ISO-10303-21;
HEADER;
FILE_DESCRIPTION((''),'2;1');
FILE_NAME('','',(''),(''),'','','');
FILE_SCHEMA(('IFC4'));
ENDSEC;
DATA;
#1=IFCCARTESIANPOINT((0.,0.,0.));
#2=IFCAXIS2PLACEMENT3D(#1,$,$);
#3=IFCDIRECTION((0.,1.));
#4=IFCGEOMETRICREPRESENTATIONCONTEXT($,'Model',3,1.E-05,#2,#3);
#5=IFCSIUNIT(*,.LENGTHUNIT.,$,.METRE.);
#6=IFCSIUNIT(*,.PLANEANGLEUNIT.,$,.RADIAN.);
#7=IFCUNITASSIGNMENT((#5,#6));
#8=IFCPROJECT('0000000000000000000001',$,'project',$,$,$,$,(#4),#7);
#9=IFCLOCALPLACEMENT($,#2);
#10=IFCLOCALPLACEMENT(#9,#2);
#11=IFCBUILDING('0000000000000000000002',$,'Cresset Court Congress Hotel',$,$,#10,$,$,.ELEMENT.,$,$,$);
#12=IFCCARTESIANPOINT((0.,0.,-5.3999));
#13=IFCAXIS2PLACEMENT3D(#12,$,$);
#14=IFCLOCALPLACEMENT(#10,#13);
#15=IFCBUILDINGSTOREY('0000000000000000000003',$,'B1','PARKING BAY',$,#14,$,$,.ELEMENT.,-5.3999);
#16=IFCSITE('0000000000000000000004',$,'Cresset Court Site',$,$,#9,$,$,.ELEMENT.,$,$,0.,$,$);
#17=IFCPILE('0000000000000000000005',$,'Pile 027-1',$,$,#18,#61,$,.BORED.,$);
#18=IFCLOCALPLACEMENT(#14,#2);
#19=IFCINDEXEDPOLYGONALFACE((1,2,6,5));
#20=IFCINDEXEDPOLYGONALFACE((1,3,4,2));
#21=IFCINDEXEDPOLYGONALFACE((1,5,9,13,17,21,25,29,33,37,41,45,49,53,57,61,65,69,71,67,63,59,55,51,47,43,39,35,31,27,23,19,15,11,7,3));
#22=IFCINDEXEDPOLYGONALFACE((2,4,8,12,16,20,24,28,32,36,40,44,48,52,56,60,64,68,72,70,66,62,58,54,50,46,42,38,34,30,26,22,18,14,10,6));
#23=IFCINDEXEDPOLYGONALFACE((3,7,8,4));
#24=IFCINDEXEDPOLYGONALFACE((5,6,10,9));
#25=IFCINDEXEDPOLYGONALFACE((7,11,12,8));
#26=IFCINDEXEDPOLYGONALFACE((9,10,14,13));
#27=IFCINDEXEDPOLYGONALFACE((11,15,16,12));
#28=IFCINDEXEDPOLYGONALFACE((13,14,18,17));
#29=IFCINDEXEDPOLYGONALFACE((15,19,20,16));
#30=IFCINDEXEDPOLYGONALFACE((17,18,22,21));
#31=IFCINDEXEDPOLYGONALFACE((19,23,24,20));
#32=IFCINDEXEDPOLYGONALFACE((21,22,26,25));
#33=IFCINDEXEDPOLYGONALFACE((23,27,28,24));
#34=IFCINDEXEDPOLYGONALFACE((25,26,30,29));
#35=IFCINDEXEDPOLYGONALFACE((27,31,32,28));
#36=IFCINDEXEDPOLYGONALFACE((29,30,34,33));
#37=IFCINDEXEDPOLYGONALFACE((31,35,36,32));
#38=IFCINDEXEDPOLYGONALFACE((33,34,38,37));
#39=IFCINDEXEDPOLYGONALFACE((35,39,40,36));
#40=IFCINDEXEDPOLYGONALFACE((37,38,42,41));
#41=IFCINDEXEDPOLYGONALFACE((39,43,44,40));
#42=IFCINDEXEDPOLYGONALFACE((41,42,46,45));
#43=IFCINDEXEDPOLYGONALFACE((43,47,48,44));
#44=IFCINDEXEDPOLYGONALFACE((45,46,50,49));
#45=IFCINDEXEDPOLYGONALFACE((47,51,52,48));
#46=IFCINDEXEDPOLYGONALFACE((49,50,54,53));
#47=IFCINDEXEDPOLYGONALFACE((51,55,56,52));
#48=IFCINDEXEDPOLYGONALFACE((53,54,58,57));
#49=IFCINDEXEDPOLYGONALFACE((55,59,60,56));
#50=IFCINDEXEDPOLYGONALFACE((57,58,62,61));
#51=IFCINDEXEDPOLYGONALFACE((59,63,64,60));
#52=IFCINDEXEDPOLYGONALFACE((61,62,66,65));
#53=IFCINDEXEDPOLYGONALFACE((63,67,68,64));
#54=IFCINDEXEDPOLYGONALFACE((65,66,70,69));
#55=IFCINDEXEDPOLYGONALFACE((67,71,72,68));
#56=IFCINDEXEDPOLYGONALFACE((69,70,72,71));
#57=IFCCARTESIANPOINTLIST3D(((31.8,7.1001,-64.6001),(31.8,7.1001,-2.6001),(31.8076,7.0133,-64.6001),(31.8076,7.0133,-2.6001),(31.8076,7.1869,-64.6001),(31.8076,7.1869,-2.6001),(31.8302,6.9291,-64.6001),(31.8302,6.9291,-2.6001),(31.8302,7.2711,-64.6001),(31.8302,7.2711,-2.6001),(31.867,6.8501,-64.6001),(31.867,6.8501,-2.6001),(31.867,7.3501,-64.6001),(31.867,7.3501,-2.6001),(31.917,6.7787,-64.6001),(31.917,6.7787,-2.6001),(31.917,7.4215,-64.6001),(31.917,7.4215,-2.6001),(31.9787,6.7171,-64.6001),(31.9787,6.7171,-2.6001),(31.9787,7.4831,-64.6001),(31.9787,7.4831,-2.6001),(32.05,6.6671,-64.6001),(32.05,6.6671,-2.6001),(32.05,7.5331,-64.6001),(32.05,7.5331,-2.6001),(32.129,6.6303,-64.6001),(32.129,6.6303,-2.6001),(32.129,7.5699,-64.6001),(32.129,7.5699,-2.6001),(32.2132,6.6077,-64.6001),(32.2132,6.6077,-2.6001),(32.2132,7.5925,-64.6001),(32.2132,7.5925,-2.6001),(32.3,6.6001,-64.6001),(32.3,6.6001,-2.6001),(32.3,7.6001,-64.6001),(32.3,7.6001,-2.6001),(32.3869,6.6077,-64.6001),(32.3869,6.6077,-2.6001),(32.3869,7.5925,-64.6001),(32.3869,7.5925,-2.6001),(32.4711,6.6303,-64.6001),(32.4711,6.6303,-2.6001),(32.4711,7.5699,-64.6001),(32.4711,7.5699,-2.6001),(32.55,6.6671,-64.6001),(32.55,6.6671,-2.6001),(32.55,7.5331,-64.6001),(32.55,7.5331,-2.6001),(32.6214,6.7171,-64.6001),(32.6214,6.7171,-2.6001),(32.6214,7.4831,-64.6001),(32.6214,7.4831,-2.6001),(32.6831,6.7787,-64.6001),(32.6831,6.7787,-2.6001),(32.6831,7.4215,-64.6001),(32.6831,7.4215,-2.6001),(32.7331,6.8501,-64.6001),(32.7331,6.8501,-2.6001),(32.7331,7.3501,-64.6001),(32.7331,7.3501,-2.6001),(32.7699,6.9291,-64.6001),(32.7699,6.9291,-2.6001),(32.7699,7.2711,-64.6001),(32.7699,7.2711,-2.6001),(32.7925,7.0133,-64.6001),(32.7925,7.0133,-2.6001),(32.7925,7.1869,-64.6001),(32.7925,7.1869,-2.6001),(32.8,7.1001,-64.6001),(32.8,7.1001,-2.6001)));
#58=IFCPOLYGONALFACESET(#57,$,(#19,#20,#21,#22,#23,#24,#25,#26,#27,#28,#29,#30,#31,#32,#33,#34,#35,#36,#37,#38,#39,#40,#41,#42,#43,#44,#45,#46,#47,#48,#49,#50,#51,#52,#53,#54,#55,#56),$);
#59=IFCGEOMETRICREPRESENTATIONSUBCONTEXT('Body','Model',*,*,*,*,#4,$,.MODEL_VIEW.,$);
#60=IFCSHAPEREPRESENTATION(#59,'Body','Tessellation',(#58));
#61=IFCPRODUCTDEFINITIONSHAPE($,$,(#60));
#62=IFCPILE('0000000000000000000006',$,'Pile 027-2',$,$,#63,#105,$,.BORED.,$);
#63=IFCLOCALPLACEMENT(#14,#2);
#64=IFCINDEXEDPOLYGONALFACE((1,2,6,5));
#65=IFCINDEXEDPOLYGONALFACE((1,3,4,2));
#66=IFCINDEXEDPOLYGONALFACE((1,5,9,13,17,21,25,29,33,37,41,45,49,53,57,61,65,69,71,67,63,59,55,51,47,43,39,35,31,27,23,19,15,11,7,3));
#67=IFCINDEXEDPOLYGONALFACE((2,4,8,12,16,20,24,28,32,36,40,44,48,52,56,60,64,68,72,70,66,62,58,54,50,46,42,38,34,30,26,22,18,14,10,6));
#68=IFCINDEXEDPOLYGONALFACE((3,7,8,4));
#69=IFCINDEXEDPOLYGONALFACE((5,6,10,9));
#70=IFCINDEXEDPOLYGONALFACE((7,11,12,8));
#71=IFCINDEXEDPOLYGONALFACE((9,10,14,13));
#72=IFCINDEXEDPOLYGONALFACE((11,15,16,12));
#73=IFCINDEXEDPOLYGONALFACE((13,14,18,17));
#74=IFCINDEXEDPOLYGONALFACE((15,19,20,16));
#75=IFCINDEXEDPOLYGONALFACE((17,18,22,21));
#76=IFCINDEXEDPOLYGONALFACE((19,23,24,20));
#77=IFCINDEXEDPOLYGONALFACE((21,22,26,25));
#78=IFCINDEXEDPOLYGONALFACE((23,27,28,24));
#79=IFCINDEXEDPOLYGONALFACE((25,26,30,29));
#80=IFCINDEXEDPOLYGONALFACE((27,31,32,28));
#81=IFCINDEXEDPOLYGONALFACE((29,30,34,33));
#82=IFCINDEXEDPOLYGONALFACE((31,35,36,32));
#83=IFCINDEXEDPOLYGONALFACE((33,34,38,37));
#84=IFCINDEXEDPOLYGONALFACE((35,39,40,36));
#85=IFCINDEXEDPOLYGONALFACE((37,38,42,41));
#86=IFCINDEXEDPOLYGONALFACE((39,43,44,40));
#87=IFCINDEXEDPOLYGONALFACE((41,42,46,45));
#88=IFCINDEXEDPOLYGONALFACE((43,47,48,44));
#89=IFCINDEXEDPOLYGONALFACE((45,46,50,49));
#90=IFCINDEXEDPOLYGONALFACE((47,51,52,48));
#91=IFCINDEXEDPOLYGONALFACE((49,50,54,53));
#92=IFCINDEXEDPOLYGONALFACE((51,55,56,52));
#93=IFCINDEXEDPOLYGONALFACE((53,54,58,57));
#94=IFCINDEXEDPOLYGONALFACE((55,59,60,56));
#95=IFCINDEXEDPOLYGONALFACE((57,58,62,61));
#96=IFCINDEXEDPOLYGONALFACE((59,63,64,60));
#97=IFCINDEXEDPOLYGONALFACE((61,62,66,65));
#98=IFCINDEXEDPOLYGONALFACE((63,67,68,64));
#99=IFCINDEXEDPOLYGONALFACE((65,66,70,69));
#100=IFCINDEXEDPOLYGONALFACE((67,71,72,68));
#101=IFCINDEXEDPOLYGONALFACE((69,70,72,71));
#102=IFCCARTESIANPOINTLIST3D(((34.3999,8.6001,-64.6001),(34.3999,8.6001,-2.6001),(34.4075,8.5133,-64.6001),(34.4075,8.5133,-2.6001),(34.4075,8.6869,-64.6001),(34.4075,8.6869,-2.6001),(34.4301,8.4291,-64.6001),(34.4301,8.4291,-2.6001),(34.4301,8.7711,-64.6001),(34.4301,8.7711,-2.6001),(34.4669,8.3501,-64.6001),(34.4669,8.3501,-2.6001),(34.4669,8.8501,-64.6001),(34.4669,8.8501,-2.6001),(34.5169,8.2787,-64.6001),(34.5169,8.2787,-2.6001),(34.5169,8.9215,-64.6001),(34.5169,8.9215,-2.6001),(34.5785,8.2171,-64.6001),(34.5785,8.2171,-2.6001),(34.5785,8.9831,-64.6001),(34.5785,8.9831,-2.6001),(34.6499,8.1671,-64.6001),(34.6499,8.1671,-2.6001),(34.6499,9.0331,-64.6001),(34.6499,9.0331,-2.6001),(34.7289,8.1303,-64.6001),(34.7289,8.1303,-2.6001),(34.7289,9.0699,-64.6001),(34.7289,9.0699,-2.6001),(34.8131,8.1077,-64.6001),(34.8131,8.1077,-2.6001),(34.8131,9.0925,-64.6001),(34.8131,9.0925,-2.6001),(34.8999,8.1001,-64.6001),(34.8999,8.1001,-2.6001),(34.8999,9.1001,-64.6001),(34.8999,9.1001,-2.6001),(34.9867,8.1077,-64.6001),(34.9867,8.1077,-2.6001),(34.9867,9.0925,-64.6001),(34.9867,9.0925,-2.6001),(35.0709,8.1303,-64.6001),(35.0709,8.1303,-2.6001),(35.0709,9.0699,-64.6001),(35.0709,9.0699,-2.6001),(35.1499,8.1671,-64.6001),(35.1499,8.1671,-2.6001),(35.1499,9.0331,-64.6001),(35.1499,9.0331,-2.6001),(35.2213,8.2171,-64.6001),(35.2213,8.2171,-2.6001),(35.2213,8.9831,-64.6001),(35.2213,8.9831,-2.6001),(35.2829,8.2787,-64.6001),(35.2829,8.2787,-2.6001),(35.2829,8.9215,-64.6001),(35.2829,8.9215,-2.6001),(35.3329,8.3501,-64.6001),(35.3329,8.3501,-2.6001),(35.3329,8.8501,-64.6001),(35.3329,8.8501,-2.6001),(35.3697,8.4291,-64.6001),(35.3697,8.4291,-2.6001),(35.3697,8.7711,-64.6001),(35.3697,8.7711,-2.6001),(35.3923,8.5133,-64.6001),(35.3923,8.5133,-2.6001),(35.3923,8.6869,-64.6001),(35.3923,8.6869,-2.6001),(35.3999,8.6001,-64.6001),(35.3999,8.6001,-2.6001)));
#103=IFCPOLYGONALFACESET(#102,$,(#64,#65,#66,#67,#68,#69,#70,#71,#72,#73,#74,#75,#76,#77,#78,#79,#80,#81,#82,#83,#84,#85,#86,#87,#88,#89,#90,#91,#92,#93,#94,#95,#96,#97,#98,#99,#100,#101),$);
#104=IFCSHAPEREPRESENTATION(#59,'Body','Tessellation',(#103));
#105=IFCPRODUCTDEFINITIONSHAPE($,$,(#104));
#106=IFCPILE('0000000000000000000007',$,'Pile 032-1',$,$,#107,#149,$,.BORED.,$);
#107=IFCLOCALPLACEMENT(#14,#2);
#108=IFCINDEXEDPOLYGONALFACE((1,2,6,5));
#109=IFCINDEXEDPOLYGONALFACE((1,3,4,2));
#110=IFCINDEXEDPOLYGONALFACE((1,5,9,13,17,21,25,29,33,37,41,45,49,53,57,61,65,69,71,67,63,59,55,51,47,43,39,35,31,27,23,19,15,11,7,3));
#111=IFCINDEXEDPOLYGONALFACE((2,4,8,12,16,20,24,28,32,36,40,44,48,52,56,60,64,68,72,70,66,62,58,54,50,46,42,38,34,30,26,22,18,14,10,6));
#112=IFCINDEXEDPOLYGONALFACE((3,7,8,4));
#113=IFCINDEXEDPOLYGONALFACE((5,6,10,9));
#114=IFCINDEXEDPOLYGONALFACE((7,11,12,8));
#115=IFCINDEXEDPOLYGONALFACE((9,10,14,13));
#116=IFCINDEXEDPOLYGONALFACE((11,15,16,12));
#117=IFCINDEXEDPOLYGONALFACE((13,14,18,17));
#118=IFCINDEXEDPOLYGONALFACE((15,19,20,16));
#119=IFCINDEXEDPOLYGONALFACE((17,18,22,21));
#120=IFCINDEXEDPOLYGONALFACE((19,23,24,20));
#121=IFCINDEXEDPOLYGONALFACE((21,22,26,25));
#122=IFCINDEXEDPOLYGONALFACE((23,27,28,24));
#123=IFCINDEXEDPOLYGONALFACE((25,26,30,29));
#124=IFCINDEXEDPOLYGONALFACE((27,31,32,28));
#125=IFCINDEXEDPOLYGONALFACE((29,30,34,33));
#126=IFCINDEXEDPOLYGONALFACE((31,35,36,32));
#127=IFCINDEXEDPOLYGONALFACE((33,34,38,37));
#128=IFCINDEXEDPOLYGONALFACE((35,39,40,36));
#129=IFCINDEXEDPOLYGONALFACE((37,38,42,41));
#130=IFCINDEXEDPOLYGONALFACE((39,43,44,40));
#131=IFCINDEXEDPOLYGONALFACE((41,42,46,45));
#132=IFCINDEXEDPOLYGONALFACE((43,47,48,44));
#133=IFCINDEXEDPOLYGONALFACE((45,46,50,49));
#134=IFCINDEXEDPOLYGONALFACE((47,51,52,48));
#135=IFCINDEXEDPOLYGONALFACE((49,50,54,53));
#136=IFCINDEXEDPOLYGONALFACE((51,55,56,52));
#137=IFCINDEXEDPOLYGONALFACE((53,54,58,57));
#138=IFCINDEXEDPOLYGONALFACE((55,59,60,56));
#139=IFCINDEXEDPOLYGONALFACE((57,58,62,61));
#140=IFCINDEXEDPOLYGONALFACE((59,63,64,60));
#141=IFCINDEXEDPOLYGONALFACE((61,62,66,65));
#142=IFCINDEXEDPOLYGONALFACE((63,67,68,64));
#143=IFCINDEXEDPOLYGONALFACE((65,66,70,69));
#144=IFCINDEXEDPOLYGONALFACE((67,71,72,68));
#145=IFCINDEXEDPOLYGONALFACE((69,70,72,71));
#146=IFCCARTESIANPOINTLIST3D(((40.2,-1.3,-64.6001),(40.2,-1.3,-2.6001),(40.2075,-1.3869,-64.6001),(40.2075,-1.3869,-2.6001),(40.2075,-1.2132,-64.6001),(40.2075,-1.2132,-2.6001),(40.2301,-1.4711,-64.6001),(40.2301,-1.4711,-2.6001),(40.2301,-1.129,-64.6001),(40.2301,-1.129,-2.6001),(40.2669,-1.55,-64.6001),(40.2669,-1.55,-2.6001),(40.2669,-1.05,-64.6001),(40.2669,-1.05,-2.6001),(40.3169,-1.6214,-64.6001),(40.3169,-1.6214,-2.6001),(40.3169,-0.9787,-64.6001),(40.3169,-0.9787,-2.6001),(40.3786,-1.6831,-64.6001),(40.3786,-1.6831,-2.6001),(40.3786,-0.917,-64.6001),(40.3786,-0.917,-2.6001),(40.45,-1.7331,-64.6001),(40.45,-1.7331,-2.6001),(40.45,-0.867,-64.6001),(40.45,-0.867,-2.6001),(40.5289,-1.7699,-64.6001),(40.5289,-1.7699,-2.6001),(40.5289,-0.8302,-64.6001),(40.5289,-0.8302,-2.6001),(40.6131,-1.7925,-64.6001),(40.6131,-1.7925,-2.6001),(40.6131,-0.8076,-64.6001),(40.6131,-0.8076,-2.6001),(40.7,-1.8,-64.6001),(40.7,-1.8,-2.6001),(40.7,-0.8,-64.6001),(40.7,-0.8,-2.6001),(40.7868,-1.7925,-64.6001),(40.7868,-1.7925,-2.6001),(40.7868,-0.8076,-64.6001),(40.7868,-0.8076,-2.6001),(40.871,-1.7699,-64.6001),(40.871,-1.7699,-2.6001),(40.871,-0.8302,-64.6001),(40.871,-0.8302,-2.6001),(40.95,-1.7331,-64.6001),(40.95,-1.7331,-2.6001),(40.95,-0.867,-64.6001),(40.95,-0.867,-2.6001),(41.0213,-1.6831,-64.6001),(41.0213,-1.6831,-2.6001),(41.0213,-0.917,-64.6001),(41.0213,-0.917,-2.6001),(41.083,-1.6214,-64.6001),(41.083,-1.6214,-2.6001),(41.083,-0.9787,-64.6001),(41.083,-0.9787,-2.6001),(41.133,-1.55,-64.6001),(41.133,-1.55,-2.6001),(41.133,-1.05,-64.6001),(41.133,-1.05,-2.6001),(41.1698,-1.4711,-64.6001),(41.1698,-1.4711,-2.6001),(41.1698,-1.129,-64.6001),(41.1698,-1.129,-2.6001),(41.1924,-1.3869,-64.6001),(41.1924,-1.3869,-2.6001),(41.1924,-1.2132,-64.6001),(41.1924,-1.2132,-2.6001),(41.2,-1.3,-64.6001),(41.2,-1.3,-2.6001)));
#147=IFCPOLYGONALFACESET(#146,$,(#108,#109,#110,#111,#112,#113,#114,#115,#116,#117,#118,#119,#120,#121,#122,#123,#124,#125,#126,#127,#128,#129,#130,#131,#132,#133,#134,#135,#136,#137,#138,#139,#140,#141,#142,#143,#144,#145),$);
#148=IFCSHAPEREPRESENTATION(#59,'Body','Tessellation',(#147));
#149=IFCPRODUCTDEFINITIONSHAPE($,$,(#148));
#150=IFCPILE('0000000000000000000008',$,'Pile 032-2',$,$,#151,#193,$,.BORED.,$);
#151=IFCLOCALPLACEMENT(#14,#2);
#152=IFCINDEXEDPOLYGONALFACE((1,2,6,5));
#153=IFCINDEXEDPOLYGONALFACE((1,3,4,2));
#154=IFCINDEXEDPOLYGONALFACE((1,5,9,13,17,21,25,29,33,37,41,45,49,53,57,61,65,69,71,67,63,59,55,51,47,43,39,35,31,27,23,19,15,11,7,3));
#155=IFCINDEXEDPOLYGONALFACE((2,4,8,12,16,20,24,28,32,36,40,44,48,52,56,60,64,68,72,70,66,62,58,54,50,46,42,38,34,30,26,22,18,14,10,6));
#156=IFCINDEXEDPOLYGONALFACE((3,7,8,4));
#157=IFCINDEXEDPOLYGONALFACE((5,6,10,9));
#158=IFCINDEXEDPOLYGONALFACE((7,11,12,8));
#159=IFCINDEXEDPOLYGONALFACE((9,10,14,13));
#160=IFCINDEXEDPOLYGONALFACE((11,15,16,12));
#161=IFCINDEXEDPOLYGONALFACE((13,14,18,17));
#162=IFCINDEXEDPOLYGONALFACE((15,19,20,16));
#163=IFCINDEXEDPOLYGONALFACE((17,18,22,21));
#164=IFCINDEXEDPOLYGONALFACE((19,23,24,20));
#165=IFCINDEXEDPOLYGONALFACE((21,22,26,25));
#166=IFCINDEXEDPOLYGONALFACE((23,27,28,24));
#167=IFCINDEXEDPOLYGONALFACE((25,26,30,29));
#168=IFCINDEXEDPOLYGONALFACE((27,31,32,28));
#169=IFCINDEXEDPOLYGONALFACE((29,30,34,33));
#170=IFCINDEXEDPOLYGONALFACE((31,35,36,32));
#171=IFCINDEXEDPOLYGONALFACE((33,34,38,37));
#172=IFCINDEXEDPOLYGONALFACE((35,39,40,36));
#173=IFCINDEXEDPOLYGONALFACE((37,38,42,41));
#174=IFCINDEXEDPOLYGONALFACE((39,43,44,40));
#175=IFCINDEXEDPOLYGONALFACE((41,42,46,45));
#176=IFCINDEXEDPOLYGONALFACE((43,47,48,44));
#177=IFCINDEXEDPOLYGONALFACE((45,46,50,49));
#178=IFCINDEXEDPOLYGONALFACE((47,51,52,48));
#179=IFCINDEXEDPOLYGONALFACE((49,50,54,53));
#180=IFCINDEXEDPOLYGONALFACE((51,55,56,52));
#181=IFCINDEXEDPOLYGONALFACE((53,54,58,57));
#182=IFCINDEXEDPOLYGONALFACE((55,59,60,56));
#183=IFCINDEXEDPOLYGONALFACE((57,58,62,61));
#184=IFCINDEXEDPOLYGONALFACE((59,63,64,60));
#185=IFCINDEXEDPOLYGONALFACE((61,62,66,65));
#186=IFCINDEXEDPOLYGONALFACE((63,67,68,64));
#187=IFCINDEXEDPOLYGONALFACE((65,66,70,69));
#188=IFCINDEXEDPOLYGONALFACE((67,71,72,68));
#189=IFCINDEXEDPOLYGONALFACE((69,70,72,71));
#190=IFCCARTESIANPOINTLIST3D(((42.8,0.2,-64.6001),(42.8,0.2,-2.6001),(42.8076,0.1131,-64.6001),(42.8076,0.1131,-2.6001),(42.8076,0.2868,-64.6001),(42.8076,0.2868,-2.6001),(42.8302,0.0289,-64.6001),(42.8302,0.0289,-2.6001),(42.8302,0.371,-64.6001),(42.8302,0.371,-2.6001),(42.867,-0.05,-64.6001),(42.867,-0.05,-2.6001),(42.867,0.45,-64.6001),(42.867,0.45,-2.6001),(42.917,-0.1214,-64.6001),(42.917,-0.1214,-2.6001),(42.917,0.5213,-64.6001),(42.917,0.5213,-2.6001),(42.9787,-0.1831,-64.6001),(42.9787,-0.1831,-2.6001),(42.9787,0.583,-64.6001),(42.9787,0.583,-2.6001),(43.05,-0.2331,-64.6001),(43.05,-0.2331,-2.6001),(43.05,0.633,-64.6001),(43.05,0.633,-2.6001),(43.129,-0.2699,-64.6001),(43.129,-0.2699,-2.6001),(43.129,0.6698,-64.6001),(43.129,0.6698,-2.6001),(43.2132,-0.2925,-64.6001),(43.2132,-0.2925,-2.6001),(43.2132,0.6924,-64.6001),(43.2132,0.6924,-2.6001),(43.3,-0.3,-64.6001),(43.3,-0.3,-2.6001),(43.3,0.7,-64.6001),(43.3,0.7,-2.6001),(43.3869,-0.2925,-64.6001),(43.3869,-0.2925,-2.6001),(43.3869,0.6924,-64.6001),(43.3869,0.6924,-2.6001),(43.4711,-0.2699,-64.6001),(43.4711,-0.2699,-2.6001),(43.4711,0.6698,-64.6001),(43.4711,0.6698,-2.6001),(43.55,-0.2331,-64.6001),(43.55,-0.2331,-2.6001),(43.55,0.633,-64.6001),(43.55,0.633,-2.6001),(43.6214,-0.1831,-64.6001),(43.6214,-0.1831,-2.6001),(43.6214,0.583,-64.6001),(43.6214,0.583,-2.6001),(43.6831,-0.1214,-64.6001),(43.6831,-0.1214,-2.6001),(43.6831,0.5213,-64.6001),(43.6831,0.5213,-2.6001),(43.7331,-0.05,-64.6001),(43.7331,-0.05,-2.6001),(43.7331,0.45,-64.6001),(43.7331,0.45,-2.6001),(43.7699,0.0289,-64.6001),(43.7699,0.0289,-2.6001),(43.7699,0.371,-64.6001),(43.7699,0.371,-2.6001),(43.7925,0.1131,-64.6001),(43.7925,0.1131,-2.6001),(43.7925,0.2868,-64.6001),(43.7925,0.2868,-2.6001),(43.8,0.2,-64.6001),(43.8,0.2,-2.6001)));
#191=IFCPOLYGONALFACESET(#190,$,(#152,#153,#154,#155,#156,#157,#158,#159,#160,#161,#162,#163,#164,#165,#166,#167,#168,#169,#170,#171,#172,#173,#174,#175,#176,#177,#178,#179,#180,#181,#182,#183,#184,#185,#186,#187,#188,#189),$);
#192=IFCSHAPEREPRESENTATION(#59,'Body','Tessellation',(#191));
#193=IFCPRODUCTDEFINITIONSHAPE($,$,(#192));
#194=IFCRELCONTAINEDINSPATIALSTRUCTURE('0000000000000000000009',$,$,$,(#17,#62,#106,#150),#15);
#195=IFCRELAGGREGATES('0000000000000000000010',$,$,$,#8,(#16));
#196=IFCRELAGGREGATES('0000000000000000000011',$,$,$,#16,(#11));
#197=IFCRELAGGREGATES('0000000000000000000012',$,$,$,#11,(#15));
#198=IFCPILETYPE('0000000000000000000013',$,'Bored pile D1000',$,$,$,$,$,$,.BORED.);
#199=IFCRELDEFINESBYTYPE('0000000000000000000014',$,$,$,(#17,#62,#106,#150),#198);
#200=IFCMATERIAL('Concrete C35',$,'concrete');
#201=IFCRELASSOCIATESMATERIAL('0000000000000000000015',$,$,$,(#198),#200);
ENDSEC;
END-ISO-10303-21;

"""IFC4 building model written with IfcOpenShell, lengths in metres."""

from ifc_helpers import new_model, si_unit, direction, frame, origin, origin_2d, place, context, subcontext, project, spatial, circle, extrude, material, type_object, element, save


model = new_model("IFC4")

# Units and contexts
model_context = context("Model", 3, precision=1e-05, world=origin(), true_north=direction((0.0, 1.0)))
body_context = subcontext(model_context, "Body", "Model", "MODEL_VIEW")
ifc_project = project(units=[si_unit("LENGTHUNIT", "METRE"), si_unit("PLANEANGLEUNIT", "RADIAN")], contexts=[model_context])

# Site, building, storey
site_placement = place(None, origin())
site = spatial("IfcSite", under=ifc_project, at=site_placement, Name="Cresset Court Site", CompositionType="ELEMENT", RefElevation=0.0)
building_placement = place(site_placement, origin())
building = spatial("IfcBuilding", under=site, at=building_placement, Name="Cresset Court Congress Hotel", CompositionType="ELEMENT")
storey_placement = place(building_placement, frame((0.0, 0.0, -5.3999)))
storey = spatial("IfcBuildingStorey", under=building, at=storey_placement, Name="B1", Description="PARKING BAY", CompositionType="ELEMENT", Elevation=-5.3999)

# Piles
ifc_material_1 = material(Name="Concrete C35", Category="concrete")
pile_type = type_object("IfcPileType", Name="Bored pile D1000", PredefinedType="BORED", material=ifc_material_1)
for number, where, z_axis, x_axis, name in (
    (1, (32.3, 7.1001, -2.6001), (0.0, 0.0, -1.0), (1.0, 0.0, 0.0), "Pile 027-1"),
    (2, (34.8999, 8.6001, -2.6001), (0.0, 0.0, -1.0), (1.0, 0.0, 0.0), "Pile 027-2"),
    (3, (40.7, -1.3, -2.6001), (0.0, 0.0, -1.0), (1.0, 0.0, 0.0), "Pile 032-1"),
    (4, (43.3, 0.2, -2.6001), (0.0, 0.0, -1.0), (1.0, 0.0, 0.0), "Pile 032-2"),
):
    element("IfcPile", number, at=place(storey_placement, frame(where, z_axis=z_axis, x_axis=x_axis)), inside=storey, type_object=pile_type, Name=name, PredefinedType="BORED", context=body_context, shape_type="SweptSolid", body=[
        extrude(circle(Radius=0.5, at=origin_2d()), origin(), (0.0, 0.0, 1.0), 62.0),
    ])

save(model, "model.ifc")
